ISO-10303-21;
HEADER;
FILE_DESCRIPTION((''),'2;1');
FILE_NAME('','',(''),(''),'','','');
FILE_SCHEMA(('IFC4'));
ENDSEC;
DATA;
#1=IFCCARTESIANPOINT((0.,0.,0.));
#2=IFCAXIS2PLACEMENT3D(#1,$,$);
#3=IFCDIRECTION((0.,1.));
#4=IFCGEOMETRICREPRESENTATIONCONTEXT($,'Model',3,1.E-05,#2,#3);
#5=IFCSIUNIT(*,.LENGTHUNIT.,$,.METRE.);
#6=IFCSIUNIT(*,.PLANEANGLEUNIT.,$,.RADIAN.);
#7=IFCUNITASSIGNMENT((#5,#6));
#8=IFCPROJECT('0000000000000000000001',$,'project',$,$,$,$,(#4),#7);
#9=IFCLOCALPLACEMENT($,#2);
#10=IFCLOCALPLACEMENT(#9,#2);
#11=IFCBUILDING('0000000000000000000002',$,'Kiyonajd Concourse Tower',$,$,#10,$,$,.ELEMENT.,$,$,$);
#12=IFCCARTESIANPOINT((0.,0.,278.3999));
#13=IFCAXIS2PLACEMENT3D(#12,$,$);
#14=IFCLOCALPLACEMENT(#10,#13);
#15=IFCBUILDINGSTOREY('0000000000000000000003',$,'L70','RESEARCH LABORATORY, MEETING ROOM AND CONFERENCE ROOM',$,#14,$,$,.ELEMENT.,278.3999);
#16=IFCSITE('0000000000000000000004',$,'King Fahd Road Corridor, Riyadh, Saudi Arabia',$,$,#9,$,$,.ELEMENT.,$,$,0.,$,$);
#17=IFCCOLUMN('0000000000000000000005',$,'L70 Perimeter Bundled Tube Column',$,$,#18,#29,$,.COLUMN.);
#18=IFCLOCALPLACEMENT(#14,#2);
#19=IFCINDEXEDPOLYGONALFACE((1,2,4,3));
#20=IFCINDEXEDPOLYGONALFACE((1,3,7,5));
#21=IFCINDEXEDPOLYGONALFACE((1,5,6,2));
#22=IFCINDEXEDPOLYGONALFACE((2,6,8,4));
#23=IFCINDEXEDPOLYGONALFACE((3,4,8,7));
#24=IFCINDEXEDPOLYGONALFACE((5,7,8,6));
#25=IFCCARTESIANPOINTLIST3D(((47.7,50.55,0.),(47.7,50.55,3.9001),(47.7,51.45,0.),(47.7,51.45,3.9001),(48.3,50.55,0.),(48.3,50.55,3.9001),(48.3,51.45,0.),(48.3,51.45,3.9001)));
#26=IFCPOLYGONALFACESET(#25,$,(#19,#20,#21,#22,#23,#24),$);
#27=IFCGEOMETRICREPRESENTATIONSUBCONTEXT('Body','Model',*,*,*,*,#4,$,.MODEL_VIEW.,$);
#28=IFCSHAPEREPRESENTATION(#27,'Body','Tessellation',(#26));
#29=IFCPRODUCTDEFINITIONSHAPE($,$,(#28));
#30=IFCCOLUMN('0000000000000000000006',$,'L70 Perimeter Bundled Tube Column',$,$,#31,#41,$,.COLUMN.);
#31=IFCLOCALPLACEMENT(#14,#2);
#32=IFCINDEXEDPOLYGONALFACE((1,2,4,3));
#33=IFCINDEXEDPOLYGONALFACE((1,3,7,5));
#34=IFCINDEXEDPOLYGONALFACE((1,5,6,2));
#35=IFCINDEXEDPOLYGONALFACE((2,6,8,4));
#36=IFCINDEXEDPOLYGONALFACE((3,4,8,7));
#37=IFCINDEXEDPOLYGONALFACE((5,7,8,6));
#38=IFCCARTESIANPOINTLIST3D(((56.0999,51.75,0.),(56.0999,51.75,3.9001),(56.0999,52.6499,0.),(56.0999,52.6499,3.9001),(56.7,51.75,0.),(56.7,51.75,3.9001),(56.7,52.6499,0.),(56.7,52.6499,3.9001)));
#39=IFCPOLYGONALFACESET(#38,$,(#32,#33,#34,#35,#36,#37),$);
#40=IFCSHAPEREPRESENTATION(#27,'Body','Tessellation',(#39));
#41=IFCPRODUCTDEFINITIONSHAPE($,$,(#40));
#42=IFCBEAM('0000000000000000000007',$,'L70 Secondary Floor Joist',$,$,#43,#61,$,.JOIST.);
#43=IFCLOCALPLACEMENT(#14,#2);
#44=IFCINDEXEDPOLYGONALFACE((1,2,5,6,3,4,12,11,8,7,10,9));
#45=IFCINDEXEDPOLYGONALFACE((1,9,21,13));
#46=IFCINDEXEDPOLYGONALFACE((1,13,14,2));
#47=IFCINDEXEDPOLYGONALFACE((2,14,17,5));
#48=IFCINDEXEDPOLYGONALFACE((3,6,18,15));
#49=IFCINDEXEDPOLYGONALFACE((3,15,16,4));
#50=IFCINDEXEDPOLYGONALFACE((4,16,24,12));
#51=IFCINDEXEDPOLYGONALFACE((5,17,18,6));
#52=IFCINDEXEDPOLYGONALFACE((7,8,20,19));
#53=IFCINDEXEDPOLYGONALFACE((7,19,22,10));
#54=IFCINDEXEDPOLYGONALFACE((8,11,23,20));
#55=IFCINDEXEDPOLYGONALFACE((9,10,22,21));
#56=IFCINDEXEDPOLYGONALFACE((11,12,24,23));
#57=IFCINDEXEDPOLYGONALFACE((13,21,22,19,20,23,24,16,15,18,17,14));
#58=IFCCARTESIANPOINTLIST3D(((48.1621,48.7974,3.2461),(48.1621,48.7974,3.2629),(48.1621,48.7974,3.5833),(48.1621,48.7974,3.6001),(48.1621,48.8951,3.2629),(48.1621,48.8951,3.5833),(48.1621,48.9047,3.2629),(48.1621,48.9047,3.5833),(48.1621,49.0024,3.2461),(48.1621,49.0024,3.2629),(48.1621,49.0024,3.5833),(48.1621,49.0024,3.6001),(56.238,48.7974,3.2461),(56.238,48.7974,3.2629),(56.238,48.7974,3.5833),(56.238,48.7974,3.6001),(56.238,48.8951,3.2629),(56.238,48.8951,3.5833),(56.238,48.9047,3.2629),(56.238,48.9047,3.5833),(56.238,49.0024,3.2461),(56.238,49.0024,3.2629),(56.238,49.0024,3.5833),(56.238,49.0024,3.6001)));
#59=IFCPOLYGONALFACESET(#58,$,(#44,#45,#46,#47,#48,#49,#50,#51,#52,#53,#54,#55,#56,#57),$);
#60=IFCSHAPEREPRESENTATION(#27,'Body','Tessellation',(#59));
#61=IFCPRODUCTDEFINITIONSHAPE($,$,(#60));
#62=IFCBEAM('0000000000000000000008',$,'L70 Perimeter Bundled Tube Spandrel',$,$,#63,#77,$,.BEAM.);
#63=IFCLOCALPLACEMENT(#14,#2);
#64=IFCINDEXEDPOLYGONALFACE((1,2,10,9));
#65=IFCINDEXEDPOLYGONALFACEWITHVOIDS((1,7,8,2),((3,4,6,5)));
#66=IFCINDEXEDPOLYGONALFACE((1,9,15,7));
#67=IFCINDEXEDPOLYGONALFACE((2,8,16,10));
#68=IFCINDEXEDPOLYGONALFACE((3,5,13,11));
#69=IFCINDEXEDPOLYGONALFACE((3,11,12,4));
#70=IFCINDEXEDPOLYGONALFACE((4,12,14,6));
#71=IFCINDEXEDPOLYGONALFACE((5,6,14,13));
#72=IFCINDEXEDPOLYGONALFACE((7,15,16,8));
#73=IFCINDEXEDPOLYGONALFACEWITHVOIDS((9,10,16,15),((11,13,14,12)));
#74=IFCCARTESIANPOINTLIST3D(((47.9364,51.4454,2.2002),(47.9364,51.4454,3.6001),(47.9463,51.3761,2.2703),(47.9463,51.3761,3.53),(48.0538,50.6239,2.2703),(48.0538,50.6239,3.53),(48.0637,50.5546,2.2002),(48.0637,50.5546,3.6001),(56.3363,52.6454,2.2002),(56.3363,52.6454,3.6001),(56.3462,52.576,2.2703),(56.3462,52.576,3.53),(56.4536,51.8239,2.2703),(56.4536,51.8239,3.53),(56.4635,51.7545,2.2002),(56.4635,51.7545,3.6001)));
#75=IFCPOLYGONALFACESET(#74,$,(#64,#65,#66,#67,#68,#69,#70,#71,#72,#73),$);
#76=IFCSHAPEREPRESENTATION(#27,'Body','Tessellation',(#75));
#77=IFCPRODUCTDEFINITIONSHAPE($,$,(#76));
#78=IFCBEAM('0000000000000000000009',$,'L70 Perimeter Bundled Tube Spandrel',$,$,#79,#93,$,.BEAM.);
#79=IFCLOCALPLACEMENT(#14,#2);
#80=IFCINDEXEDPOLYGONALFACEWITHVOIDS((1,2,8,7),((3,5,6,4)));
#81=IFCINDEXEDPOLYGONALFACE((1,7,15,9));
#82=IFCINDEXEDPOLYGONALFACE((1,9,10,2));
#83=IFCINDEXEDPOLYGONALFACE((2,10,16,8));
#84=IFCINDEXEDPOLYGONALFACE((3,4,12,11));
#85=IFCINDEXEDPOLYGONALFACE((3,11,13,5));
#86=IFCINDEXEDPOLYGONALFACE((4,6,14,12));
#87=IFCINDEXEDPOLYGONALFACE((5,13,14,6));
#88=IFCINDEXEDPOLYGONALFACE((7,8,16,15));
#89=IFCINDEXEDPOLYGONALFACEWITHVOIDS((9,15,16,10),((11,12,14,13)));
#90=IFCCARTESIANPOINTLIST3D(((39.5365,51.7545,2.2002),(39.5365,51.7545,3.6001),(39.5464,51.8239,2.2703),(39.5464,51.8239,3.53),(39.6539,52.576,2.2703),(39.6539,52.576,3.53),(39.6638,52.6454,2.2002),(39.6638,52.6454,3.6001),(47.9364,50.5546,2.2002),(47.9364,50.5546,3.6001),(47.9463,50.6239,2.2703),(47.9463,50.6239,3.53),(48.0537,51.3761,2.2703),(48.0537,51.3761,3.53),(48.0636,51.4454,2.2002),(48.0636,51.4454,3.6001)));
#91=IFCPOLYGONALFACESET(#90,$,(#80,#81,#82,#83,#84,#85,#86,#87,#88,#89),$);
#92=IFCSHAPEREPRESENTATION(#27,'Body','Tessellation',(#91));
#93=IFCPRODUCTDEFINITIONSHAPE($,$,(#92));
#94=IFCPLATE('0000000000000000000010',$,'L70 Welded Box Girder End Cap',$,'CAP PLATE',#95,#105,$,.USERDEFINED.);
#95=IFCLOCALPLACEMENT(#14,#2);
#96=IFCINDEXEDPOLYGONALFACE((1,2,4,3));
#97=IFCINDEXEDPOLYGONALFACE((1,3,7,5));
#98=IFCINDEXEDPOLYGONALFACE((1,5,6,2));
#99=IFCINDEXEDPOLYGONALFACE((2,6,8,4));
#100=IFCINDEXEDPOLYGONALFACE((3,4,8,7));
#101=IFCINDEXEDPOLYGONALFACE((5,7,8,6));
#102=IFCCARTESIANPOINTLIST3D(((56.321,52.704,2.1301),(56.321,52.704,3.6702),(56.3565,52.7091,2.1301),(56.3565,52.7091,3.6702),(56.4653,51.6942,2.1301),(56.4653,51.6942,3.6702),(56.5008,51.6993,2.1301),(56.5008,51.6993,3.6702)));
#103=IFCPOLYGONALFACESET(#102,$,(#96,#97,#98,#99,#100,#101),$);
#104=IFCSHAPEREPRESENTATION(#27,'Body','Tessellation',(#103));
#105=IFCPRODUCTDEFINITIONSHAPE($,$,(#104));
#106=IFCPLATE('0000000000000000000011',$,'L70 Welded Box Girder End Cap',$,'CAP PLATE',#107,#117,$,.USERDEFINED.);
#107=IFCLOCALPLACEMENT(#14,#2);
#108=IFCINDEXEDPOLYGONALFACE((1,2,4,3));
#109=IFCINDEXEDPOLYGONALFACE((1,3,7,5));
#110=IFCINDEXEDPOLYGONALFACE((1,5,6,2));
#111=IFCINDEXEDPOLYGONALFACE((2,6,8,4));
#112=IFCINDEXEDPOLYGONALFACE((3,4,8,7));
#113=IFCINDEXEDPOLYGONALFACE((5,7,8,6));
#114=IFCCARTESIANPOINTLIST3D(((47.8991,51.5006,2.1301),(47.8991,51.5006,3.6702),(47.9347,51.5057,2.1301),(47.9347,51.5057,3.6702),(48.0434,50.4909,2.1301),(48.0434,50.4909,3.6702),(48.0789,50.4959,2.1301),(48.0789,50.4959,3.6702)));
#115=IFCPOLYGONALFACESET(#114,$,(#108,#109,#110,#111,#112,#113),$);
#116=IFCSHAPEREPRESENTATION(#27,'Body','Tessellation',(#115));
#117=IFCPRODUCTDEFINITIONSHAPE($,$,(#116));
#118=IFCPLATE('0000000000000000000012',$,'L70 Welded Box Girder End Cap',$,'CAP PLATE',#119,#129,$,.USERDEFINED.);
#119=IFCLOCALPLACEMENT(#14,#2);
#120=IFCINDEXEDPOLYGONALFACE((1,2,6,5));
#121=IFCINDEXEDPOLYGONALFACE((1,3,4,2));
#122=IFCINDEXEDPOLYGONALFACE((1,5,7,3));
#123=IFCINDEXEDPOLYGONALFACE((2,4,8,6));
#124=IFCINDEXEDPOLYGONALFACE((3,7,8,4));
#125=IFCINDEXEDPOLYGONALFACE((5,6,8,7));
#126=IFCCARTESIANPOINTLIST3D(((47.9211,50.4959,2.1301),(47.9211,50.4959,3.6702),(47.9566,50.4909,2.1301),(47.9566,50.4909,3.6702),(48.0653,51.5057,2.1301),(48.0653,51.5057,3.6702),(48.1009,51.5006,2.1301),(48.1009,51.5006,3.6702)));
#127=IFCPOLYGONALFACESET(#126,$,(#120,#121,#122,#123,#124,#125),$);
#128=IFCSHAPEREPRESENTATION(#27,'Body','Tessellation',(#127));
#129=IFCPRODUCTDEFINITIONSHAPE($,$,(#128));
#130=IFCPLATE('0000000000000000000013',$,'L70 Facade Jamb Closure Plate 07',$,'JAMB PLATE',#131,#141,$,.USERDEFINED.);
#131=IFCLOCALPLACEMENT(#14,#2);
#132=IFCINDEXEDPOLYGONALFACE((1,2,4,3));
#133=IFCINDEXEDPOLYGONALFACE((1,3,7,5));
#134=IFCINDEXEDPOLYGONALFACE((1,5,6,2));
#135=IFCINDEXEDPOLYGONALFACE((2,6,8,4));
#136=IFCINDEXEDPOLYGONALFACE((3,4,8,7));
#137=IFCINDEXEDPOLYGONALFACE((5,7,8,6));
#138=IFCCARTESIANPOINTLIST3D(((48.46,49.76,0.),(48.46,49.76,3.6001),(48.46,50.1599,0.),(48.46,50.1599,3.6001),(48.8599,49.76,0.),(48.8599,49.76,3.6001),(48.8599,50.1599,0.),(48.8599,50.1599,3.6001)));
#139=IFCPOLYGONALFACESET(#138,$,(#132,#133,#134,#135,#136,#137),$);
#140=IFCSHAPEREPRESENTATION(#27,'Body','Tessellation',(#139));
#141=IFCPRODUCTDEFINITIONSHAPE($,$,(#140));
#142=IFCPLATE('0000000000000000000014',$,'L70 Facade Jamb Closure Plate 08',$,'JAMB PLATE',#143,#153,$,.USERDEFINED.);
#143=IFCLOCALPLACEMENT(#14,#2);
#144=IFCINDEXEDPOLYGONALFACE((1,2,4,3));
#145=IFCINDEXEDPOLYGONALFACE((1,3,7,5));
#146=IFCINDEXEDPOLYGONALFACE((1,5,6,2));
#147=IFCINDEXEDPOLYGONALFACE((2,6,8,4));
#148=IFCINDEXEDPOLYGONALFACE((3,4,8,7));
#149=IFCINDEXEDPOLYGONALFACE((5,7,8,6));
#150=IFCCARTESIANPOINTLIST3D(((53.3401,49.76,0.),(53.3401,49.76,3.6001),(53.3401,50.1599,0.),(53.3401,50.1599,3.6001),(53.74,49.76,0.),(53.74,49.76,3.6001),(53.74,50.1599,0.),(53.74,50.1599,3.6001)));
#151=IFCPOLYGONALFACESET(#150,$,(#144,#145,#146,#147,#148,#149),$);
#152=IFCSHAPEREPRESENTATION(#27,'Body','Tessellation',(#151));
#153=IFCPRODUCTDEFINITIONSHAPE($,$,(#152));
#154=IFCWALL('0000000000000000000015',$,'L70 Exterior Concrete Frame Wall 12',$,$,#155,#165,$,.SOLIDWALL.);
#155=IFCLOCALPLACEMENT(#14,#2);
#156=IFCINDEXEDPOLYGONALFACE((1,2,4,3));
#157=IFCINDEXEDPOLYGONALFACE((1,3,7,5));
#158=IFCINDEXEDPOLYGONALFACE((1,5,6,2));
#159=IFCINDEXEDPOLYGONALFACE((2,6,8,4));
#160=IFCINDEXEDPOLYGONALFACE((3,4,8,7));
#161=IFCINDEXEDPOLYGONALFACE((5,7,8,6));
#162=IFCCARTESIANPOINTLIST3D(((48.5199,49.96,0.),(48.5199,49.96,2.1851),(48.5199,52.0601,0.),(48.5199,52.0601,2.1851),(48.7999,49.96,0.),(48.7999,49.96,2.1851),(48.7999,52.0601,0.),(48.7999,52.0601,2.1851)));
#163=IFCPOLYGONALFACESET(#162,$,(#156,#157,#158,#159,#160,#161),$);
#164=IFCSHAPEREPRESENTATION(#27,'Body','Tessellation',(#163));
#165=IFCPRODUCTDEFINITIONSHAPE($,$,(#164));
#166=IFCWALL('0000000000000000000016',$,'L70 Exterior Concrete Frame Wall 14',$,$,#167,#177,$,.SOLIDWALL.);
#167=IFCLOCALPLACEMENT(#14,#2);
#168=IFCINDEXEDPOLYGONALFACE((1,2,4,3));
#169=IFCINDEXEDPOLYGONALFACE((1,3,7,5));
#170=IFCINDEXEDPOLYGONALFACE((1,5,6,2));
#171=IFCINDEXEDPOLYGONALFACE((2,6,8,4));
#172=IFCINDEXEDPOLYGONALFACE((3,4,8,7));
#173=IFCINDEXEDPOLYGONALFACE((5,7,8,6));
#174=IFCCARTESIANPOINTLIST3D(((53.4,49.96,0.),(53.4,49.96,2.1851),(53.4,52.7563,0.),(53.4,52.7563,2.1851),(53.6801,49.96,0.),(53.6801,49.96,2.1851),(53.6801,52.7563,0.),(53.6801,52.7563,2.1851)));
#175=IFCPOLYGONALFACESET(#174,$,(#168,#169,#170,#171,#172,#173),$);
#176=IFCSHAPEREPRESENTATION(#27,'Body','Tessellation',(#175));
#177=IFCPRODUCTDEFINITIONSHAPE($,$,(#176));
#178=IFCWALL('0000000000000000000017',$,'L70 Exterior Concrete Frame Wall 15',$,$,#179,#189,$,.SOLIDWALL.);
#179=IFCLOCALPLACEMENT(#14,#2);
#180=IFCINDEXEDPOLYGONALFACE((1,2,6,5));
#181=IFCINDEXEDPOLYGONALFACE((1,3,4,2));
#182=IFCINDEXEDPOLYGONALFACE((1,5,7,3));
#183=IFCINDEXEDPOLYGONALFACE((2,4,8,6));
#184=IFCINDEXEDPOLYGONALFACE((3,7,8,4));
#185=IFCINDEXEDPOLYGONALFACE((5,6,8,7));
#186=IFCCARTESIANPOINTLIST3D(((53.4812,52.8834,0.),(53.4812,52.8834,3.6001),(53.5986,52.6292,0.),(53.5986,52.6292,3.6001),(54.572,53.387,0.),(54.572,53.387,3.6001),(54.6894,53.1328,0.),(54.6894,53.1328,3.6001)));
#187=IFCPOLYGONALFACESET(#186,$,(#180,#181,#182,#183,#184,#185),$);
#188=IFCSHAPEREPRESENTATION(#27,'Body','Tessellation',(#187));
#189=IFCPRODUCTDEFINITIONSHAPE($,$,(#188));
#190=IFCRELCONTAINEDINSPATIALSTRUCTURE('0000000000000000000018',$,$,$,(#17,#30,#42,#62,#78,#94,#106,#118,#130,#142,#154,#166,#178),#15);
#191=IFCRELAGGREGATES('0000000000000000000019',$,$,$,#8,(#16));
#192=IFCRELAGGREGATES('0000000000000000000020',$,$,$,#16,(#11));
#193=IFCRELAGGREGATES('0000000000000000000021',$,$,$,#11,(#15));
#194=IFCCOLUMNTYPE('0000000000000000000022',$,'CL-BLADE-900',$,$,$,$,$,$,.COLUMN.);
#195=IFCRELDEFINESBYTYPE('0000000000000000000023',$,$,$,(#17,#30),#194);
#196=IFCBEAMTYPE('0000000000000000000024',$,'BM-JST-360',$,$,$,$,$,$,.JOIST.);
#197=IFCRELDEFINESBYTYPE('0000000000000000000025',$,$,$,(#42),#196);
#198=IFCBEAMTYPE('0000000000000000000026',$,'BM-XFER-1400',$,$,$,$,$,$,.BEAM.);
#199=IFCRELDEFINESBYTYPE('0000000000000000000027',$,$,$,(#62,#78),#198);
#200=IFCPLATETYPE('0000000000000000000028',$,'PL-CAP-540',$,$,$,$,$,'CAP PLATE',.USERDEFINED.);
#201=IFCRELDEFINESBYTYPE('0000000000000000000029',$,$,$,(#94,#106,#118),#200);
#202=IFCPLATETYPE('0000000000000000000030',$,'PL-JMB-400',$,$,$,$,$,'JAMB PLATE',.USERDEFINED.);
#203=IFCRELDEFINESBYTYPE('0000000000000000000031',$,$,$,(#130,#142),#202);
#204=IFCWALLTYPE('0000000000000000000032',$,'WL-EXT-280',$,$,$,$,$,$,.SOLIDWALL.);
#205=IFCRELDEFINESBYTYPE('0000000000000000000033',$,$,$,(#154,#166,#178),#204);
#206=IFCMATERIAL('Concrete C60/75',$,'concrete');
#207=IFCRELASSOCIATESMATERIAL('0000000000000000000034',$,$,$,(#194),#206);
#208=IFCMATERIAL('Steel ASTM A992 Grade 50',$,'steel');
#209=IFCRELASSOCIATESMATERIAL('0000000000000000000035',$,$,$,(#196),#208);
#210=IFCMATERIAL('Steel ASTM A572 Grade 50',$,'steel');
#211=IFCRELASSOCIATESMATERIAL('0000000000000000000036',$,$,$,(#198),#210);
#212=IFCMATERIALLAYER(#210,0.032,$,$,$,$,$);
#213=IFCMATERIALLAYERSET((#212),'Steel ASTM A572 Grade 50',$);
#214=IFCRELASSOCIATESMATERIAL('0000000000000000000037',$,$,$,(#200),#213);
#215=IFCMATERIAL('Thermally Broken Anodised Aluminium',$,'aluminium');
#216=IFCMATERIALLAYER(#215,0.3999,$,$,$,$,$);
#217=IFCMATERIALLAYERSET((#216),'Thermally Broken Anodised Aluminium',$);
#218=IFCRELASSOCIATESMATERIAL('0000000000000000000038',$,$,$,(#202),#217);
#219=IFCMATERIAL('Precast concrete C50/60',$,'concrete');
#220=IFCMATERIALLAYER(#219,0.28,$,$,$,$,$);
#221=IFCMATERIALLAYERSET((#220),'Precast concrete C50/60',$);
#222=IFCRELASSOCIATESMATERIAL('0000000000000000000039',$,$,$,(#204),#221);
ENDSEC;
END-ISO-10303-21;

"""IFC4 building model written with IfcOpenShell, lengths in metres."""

from ifc_helpers import new_model, si_unit, direction, frame, frame_2d, origin, origin_2d, place, context, subcontext, project, spatial, rectangle, hollow_rectangle, i_section, extrude, material, layer, layer_set, material_profile, profile_set, type_object, element, save


model = new_model("IFC4")

# Units and contexts
model_context = context("Model", 3, precision=1e-05, world=origin(), true_north=direction((0.0, 1.0)))
body_context = subcontext(model_context, "Body", "Model", "MODEL_VIEW")
ifc_project = project(units=[si_unit("LENGTHUNIT", "METRE"), si_unit("PLANEANGLEUNIT", "RADIAN")], contexts=[model_context])

# Site, building, storey
site_placement = place(None, origin())
site = spatial("IfcSite", under=ifc_project, at=site_placement, Name="King Fahd Road Corridor, Riyadh, Saudi Arabia", CompositionType="ELEMENT", RefElevation=0.0)
building_placement = place(site_placement, origin())
building = spatial("IfcBuilding", under=site, at=building_placement, Name="Kiyonajd Concourse Tower", CompositionType="ELEMENT")
storey_placement = place(building_placement, frame((0.0, 0.0, 278.3999)))
storey = spatial("IfcBuildingStorey", under=building, at=storey_placement, Name="L70", Description="RESEARCH LABORATORY, MEETING ROOM AND CONFERENCE ROOM", CompositionType="ELEMENT", Elevation=278.3999)

# Columns
ifc_material_1 = material(Name="Concrete C60/75", Category="concrete")
ifc_material_profile_1 = material_profile(ifc_material_1, rectangle(XDim=0.6001, YDim=0.8999, at=origin_2d()), Name="RC-900x600")
ifc_profile_set_1 = profile_set([ifc_material_profile_1], Name="Concrete C60/75")
column_type = type_object("IfcColumnType", Name="CL-BLADE-900", PredefinedType="COLUMN", material=ifc_profile_set_1)
for number, where, z_axis, x_axis, name in (
    (1, (48.0, 51.0, 0.0), (0.0, 0.0, 1.0), (1.0, 0.0, 0.0), "L70 Perimeter Bundled Tube Column"),
    (2, (56.3999, 52.2, 0.0), (0.0, 0.0, 1.0), (1.0, 0.0, 0.0), "L70 Perimeter Bundled Tube Column"),
):
    element("IfcColumn", number, at=place(storey_placement, frame(where, z_axis=z_axis, x_axis=x_axis)), inside=storey, type_object=column_type, Name=name, PredefinedType="COLUMN", context=body_context, shape_type="SweptSolid", body=[
        extrude(rectangle(XDim=0.6001, YDim=0.8999, at=origin_2d()), origin(), (0.0, 0.0, 1.0), 3.9001),
    ])

# Beams
ifc_material_2 = material(Name="Steel ASTM A992 Grade 50", Category="steel")
ifc_material_profile_2 = material_profile(ifc_material_2, i_section(OverallWidth=0.2051, OverallDepth=0.354, WebThickness=0.0095, FlangeThickness=0.0168, at=origin_2d()), Name="W360X79")
ifc_profile_set_2 = profile_set([ifc_material_profile_2], Name="Steel ASTM A992 Grade 50")
beam_type_1 = type_object("IfcBeamType", Name="BM-JST-360", PredefinedType="JOIST", material=ifc_profile_set_2)
beam_placement = place(storey_placement, frame((48.1621, 48.8999, 3.4231), z_axis=(1.0, 0.0, 0.0), x_axis=(0.0, 1.0, 0.0)))
element("IfcBeam", 3, at=beam_placement, inside=storey, type_object=beam_type_1, Name="L70 Secondary Floor Joist", PredefinedType="JOIST", context=body_context, shape_type="SweptSolid", body=[
    extrude(i_section(OverallWidth=0.2051, OverallDepth=0.354, WebThickness=0.0095, FlangeThickness=0.0168, at=origin_2d()), origin(), (0.0, 0.0, 1.0), 8.0759),
])
ifc_material_3 = material(Name="Steel ASTM A572 Grade 50", Category="steel")
ifc_material_profile_3 = material_profile(ifc_material_3, hollow_rectangle(XDim=0.8999, YDim=1.3999, WallThickness=0.0701, at=origin_2d()), Name="BOX-1400x900x70")
ifc_profile_set_3 = profile_set([ifc_material_profile_3], Name="Steel ASTM A572 Grade 50")
beam_type_2 = type_object("IfcBeamType", Name="BM-XFER-1400", PredefinedType="BEAM", material=ifc_profile_set_3)
for number, where, z_axis, x_axis, name in (
    (4, (56.3999, 52.2, 2.9001), (-0.98995, -0.141417, 0.0), (0.141417, -0.98995, 0.0), "L70 Perimeter Bundled Tube Spandrel"),
    (5, (48.0, 51.0, 2.9001), (-0.98995, 0.141417, 0.0), (-0.141417, -0.98995, 0.0), "L70 Perimeter Bundled Tube Spandrel"),
):
    element("IfcBeam", number, at=place(storey_placement, frame(where, z_axis=z_axis, x_axis=x_axis)), inside=storey, type_object=beam_type_2, Name=name, PredefinedType="BEAM", context=body_context, shape_type="SweptSolid", body=[
        extrude(hollow_rectangle(XDim=0.8999, YDim=1.3999, WallThickness=0.0701, at=origin_2d()), origin(), (0.0, 0.0, 1.0), 8.4851),
    ])

# Plates
ifc_layer_1 = layer(ifc_material_3, 0.032)
ifc_layer_set_1 = layer_set([ifc_layer_1], Name="Steel ASTM A572 Grade 50")
plate_type_1 = type_object("IfcPlateType", Name="PL-CAP-540", ElementType="CAP PLATE", PredefinedType="USERDEFINED", material=ifc_layer_set_1)
for number, where, z_axis, x_axis, name in (
    (6, (56.4109, 52.2017, 2.1301), (0.0, 0.0, 1.0), (0.98995, 0.14142, 0.0), "L70 Welded Box Girder End Cap"),
    (7, (47.989, 50.9983, 2.1301), (0.0, 0.0, 1.0), (-0.98995, -0.14142, 0.0), "L70 Welded Box Girder End Cap"),
    (8, (48.011, 50.9983, 2.1301), (0.0, 0.0, 1.0), (0.98995, -0.14142, 0.0), "L70 Welded Box Girder End Cap"),
):
    element("IfcPlate", number, at=place(storey_placement, frame(where, z_axis=z_axis, x_axis=x_axis)), inside=storey, type_object=plate_type_1, Name=name, ObjectType="CAP PLATE", PredefinedType="USERDEFINED", context=body_context, shape_type="SweptSolid", body=[
        extrude(rectangle(XDim=0.0359, YDim=1.02, at=origin_2d()), origin(), (0.0, 0.0, 1.0), 1.54),
    ])
ifc_material_4 = material(Name="Thermally Broken Anodised Aluminium", Category="aluminium")
ifc_layer_2 = layer(ifc_material_4, 0.3999)
ifc_layer_set_2 = layer_set([ifc_layer_2], Name="Thermally Broken Anodised Aluminium")
plate_type_2 = type_object("IfcPlateType", Name="PL-JMB-400", ElementType="JAMB PLATE", PredefinedType="USERDEFINED", material=ifc_layer_set_2)
for number, where, z_axis, x_axis, name in (
    (9, (48.6599, 49.96, 0.0), (0.0, 0.0, 1.0), (1.0, 0.0, 0.0), "L70 Facade Jamb Closure Plate 07"),
    (10, (53.54, 49.96, 0.0), (0.0, 0.0, 1.0), (1.0, 0.0, 0.0), "L70 Facade Jamb Closure Plate 08"),
):
    element("IfcPlate", number, at=place(storey_placement, frame(where, z_axis=z_axis, x_axis=x_axis)), inside=storey, type_object=plate_type_2, Name=name, ObjectType="JAMB PLATE", PredefinedType="USERDEFINED", context=body_context, shape_type="SweptSolid", body=[
        extrude(rectangle(XDim=0.3999, YDim=0.3999, at=origin_2d()), origin(), (0.0, 0.0, 1.0), 3.6001),
    ])

# Walls
ifc_material_5 = material(Name="Precast concrete C50/60", Category="concrete")
ifc_layer_3 = layer(ifc_material_5, 0.28)
ifc_layer_set_3 = layer_set([ifc_layer_3], Name="Precast concrete C50/60")
wall_type_1 = type_object("IfcWallType", Name="WL-EXT-280", PredefinedType="SOLIDWALL", material=ifc_layer_set_3)
wall_1_placement = place(storey_placement, frame((48.6599, 52.0601, 0.0), z_axis=(0.0, 0.0, 1.0), x_axis=(0.0, -1.0, 0.0)))
element("IfcWall", 11, at=wall_1_placement, inside=storey, type_object=wall_type_1, Name="L70 Exterior Concrete Frame Wall 12", PredefinedType="SOLIDWALL", context=body_context, shape_type="SweptSolid", body=[
    extrude(rectangle(XDim=2.1001, YDim=0.28, at=frame_2d((1.05, 0.0))), origin(), (0.0, 0.0, 1.0), 2.1851),
])
wall_2_placement = place(storey_placement, frame((53.54, 49.96, 0.0), z_axis=(0.0, 0.0, 1.0), x_axis=(0.0, 1.0, 0.0)))
element("IfcWall", 12, at=wall_2_placement, inside=storey, type_object=wall_type_1, Name="L70 Exterior Concrete Frame Wall 14", PredefinedType="SOLIDWALL", context=body_context, shape_type="SweptSolid", body=[
    extrude(rectangle(XDim=2.7964, YDim=0.28, at=frame_2d((1.3982, 0.0))), origin(), (0.0, 0.0, 1.0), 2.1851),
])
wall_3_placement = place(storey_placement, frame((53.54, 52.7563, 0.0), z_axis=(0.0, 0.0, 1.0), x_axis=(0.907894, 0.4192, 0.0)))
element("IfcWall", 13, at=wall_3_placement, inside=storey, type_object=wall_type_1, Name="L70 Exterior Concrete Frame Wall 15", PredefinedType="SOLIDWALL", context=body_context, shape_type="SweptSolid", body=[
    extrude(rectangle(XDim=1.2014, YDim=0.28, at=frame_2d((0.6006, 0.0))), origin(), (0.0, 0.0, 1.0), 3.6001),
])

save(model, "model.ifc")
